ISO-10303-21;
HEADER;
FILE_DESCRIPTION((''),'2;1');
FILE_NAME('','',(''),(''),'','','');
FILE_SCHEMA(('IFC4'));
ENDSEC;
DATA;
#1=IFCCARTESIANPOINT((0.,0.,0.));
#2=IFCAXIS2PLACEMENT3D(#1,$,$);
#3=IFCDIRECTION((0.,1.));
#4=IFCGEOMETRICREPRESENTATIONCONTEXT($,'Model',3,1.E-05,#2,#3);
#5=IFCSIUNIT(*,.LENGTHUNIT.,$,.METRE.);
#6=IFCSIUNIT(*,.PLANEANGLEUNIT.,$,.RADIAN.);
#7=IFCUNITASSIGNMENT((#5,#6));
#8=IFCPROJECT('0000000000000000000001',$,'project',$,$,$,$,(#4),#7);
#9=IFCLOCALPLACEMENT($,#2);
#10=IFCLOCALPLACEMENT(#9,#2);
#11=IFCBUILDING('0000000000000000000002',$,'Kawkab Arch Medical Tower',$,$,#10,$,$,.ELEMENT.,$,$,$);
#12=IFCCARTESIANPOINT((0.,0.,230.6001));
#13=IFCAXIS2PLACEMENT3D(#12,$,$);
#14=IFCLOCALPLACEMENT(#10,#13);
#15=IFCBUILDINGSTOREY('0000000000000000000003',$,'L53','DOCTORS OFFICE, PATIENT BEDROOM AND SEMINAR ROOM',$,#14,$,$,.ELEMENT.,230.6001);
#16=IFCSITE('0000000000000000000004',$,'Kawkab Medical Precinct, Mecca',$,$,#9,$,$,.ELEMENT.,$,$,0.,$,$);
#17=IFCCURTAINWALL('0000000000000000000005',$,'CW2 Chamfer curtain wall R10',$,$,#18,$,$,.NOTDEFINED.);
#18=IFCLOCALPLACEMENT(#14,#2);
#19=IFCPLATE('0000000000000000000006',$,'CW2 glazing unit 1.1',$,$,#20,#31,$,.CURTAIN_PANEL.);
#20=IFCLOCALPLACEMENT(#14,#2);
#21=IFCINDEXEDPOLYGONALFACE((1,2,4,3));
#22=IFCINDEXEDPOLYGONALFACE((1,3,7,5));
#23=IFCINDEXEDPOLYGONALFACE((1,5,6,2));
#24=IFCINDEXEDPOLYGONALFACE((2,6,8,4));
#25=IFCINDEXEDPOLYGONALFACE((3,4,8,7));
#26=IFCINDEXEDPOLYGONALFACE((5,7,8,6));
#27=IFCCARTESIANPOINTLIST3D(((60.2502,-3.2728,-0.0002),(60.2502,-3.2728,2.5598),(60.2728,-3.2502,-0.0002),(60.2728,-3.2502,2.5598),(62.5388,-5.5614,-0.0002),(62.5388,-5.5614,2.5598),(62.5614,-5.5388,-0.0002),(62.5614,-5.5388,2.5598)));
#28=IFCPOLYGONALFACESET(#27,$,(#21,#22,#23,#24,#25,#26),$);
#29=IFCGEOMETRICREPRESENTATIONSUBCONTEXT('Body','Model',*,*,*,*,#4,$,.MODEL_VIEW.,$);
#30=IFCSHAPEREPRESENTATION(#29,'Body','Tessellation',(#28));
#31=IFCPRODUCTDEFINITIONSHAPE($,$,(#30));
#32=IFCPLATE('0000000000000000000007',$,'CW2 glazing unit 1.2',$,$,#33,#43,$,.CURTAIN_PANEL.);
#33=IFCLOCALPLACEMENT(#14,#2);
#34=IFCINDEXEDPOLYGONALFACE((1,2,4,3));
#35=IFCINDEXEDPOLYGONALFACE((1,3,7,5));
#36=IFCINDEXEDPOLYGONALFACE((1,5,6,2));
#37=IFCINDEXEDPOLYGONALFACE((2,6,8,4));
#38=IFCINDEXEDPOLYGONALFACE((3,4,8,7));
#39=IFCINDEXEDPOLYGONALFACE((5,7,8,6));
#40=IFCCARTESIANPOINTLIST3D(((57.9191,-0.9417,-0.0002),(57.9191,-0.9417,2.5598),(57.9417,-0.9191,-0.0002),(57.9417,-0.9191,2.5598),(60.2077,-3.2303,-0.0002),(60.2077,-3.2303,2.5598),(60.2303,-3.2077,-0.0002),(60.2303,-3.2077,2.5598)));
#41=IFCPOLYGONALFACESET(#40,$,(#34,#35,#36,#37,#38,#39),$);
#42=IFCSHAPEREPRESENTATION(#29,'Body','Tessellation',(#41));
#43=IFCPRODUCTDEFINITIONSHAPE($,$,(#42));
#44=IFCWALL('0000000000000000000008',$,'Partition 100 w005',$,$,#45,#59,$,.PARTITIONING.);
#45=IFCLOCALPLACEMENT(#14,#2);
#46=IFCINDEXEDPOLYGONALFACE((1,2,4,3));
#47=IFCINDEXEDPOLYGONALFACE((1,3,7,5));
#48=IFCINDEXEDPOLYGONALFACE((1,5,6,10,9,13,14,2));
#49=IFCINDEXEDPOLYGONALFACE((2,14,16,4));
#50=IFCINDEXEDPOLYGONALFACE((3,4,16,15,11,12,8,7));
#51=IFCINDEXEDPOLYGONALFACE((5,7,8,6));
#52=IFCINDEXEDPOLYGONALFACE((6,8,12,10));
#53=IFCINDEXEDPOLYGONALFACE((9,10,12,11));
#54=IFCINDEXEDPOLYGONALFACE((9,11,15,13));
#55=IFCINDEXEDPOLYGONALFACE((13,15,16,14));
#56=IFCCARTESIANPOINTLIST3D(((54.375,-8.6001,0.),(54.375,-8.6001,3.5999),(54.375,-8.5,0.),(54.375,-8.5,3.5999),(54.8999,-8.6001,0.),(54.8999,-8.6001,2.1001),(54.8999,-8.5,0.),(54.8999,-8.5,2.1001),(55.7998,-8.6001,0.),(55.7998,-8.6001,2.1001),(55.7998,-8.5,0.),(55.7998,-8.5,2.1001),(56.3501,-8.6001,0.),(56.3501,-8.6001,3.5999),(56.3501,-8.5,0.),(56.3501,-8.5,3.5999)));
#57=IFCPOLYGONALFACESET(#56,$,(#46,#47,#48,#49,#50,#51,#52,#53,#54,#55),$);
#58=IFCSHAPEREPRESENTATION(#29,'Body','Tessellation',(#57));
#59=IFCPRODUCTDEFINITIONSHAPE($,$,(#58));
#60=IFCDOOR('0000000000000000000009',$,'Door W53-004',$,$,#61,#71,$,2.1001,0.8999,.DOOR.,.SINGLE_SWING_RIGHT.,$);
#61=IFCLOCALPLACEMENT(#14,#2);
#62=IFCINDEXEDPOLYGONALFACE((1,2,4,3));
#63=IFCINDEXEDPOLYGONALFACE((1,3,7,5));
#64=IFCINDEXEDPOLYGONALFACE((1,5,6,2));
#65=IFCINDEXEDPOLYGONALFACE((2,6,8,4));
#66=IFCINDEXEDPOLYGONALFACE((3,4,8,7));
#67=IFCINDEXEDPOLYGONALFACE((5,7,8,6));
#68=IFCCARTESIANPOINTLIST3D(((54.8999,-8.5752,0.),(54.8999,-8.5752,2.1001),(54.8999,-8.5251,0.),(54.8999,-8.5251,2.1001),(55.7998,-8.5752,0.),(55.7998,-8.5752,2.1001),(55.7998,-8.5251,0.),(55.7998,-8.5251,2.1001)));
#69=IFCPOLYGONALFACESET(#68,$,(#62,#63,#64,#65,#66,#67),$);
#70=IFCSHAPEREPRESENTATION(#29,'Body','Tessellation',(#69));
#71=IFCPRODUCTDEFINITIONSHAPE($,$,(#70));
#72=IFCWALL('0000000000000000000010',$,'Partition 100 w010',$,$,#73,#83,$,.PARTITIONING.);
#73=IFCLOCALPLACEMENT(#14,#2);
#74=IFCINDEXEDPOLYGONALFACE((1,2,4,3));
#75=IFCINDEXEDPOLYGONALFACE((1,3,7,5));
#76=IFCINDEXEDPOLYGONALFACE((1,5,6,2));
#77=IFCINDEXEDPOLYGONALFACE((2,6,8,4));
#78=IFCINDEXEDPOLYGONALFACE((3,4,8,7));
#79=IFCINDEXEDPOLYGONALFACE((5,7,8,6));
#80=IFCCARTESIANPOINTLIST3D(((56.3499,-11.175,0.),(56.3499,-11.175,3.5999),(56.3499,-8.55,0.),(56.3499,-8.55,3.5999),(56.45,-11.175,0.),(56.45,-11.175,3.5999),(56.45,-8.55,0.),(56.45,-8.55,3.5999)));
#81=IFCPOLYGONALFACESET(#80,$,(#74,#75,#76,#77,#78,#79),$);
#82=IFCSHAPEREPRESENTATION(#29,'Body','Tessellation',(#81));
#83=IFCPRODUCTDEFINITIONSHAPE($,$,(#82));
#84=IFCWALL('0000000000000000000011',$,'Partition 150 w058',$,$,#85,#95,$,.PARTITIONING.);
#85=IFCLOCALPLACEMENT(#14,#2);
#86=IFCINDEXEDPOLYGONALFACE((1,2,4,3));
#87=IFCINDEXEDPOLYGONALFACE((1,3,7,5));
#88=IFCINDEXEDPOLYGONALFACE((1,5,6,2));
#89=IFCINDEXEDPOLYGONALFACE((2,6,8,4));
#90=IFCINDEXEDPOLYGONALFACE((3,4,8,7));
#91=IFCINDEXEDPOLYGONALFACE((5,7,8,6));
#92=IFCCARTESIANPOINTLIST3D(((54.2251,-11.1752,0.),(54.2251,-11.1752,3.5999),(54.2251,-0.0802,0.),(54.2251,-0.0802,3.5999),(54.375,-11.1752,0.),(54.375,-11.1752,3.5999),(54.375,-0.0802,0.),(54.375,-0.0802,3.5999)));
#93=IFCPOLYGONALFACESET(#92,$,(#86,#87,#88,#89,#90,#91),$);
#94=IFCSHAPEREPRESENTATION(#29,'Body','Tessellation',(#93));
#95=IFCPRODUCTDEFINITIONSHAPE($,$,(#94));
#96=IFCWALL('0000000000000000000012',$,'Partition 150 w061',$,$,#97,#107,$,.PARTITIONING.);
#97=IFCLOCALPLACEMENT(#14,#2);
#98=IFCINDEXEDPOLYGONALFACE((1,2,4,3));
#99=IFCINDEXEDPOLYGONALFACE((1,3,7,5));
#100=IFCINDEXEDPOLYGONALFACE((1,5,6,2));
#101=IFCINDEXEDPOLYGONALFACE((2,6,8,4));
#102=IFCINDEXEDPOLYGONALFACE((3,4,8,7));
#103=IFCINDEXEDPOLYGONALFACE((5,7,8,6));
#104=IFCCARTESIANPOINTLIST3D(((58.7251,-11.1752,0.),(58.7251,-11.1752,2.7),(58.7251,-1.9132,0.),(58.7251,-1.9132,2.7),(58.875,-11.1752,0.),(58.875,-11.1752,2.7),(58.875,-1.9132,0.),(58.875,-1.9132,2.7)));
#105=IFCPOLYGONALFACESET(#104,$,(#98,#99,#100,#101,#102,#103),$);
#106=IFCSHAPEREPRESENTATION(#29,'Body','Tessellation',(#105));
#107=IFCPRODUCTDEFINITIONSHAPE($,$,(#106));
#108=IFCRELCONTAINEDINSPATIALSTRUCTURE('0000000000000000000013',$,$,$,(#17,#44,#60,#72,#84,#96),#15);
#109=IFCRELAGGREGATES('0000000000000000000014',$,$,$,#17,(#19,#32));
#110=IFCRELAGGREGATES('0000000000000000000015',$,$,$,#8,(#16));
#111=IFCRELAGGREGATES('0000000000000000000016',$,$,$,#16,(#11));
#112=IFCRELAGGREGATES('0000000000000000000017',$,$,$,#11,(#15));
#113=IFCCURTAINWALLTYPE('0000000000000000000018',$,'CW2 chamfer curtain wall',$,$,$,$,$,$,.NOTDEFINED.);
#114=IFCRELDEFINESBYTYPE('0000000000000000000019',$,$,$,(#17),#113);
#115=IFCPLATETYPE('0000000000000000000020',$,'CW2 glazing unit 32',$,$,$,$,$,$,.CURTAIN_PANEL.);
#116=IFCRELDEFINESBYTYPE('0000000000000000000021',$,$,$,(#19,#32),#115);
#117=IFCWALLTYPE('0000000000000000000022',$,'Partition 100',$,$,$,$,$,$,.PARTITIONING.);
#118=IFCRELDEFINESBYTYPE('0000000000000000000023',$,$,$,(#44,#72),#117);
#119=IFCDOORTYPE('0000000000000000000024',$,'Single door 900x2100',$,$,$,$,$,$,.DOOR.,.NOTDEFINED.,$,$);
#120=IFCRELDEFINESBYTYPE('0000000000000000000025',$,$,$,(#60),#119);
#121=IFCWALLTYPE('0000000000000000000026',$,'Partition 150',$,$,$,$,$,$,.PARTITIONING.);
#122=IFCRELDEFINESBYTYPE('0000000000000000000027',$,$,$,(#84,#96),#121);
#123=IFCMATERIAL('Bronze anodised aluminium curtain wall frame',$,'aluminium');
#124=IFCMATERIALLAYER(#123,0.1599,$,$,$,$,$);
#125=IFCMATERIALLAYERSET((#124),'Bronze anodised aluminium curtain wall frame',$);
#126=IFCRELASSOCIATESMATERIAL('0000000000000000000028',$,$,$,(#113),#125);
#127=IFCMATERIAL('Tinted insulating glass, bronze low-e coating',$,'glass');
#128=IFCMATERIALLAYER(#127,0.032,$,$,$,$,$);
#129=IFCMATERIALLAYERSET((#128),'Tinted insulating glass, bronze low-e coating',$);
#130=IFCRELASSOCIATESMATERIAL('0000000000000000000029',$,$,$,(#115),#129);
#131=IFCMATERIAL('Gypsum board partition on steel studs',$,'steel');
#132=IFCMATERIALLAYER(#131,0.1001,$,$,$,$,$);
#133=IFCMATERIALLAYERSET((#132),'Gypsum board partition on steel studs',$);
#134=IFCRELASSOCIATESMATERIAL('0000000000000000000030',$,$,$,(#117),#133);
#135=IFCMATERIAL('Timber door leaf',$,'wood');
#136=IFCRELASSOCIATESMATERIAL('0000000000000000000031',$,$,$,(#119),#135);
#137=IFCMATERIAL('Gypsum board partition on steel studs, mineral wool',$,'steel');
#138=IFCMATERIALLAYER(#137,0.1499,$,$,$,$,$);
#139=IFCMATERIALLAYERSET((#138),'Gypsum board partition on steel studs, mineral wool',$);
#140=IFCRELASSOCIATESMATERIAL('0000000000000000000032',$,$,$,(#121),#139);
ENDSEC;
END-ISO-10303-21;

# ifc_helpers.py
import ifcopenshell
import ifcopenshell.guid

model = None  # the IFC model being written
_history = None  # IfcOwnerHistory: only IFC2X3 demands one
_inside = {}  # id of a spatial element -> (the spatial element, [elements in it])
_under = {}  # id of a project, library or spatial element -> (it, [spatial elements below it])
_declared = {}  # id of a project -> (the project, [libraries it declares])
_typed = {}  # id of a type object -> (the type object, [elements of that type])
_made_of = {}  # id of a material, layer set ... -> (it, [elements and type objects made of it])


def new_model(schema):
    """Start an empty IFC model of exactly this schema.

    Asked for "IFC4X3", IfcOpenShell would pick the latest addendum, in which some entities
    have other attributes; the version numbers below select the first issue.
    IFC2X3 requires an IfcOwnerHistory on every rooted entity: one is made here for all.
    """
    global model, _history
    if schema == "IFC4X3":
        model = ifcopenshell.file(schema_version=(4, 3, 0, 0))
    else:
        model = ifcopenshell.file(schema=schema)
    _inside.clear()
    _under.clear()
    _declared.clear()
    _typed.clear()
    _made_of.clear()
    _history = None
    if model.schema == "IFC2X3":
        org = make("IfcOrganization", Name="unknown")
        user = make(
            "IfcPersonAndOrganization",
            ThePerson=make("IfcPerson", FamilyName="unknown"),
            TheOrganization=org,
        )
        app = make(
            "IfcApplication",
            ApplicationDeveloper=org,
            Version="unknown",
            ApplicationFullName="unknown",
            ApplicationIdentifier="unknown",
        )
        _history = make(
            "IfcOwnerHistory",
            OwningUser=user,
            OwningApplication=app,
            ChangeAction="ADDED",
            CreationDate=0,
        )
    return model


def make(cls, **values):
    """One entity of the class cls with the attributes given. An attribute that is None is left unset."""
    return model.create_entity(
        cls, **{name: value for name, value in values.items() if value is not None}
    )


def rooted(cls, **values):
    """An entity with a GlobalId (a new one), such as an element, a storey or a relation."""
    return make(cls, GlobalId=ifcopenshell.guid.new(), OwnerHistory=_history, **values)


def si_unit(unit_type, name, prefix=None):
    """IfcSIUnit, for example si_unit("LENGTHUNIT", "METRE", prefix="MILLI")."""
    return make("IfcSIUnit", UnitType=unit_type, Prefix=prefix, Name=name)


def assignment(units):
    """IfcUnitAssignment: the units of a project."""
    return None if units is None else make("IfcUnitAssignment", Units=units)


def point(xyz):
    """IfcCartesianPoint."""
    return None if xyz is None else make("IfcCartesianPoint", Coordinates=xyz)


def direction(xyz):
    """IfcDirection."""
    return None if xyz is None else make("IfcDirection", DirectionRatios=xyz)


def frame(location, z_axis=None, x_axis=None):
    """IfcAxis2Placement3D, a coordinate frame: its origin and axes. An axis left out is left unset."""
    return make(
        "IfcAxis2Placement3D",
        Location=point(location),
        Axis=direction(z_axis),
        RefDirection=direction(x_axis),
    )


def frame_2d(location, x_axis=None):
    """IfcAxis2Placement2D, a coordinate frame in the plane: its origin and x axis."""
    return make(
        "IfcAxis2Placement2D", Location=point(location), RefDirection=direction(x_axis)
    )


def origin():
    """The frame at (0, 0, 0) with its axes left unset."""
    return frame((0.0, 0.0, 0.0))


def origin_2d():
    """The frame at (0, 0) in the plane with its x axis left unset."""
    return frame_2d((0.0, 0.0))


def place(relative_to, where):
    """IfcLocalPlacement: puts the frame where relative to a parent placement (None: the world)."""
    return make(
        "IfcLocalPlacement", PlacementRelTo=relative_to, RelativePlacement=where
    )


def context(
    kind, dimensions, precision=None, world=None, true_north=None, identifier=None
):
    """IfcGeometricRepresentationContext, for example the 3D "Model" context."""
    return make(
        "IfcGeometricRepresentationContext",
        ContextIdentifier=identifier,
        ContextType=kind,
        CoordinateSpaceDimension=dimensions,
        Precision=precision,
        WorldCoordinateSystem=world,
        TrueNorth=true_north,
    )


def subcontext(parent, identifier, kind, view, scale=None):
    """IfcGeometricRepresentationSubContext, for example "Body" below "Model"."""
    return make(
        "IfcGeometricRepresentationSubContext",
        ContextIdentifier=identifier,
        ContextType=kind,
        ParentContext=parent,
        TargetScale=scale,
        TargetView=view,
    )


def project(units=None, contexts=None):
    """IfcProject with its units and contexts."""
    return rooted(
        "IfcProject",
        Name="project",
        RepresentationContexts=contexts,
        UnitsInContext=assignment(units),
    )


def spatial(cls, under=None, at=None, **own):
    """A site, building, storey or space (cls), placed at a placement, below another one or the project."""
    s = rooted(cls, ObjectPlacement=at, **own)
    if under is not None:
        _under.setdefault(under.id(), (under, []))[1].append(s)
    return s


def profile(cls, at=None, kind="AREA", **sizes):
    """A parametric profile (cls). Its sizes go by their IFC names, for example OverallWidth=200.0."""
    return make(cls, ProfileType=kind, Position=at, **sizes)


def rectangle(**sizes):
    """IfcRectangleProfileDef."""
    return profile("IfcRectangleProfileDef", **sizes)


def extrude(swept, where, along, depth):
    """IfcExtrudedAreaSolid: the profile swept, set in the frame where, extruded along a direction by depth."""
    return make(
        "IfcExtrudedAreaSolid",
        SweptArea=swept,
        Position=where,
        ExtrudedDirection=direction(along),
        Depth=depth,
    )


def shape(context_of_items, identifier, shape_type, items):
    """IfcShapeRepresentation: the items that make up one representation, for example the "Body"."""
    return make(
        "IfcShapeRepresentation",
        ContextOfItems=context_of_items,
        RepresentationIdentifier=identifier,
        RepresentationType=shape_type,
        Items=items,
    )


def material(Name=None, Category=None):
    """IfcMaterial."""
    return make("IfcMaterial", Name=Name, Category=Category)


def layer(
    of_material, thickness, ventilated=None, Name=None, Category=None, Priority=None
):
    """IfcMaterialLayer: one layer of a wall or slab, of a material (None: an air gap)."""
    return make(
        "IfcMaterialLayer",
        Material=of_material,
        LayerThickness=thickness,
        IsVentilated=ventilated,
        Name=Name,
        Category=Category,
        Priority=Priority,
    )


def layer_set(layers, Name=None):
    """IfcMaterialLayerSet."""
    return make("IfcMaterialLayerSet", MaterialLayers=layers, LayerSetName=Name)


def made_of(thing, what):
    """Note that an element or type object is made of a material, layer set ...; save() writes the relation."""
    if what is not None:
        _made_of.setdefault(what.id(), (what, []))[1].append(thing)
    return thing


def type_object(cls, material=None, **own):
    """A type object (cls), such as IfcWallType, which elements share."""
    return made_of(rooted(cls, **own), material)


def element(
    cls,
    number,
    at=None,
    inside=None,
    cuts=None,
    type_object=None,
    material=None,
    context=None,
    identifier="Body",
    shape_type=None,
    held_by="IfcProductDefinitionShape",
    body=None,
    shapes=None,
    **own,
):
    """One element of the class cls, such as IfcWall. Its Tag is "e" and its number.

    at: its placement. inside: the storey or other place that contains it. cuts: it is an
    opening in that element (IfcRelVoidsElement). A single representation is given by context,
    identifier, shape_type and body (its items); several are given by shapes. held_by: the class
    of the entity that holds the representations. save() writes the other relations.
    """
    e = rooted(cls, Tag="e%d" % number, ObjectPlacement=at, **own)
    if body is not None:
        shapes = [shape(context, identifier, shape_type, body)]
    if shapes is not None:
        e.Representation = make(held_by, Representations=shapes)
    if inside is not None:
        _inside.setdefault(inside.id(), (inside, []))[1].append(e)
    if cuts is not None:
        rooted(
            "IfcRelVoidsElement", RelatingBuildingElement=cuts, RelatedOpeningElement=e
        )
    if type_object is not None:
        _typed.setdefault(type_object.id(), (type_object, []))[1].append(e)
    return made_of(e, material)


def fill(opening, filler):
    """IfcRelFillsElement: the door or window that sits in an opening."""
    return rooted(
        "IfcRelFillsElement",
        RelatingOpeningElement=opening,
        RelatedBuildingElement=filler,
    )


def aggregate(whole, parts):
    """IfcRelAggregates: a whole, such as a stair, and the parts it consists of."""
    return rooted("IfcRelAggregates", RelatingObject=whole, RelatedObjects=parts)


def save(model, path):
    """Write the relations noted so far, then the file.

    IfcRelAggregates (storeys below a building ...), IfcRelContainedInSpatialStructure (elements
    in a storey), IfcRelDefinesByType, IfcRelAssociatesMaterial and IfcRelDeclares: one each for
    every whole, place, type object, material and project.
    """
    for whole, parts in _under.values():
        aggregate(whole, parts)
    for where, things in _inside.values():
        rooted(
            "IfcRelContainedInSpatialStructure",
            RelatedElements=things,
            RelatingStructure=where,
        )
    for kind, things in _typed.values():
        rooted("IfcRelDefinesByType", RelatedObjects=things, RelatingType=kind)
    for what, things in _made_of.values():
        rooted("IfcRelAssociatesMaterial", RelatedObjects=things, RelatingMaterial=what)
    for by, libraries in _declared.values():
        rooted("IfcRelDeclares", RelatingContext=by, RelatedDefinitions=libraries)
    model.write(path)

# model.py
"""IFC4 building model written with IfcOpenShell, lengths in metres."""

from ifc_helpers import new_model, si_unit, direction, frame, frame_2d, origin, origin_2d, place, context, subcontext, project, spatial, rectangle, extrude, material, layer, layer_set, type_object, element, fill, aggregate, save


model = new_model("IFC4")

# Units and contexts
model_context = context("Model", 3, precision=1e-05, world=origin(), true_north=direction((0.0, 1.0)))
body_context = subcontext(model_context, "Body", "Model", "MODEL_VIEW")
ifc_project = project(units=[si_unit("LENGTHUNIT", "METRE"), si_unit("PLANEANGLEUNIT", "RADIAN")], contexts=[model_context])

# Site, building, storey
site_placement = place(None, origin())
site = spatial("IfcSite", under=ifc_project, at=site_placement, Name="Kawkab Medical Precinct, Mecca", CompositionType="ELEMENT", RefElevation=0.0)
building_placement = place(site_placement, origin())
building = spatial("IfcBuilding", under=site, at=building_placement, Name="Kawkab Arch Medical Tower", CompositionType="ELEMENT")
storey_placement = place(building_placement, frame((0.0, 0.0, 230.6001)))
storey = spatial("IfcBuildingStorey", under=building, at=storey_placement, Name="L53", Description="DOCTORS OFFICE, PATIENT BEDROOM AND SEMINAR ROOM", CompositionType="ELEMENT", Elevation=230.6001)

# Shared definitions
placement = place(storey_placement, origin())

# Curtain wall
ifc_material_1 = material(Name="Bronze anodised aluminium curtain wall frame", Category="aluminium")
ifc_layer_1 = layer(ifc_material_1, 0.1599)
ifc_layer_set_1 = layer_set([ifc_layer_1], Name="Bronze anodised aluminium curtain wall frame")
curtain_wall_type_1 = type_object("IfcCurtainWallType", Name="CW2 chamfer curtain wall", PredefinedType="NOTDEFINED", material=ifc_layer_set_1)
curtain_wall_1 = element("IfcCurtainWall", 1, at=placement, inside=storey, type_object=curtain_wall_type_1, Name="CW2 Chamfer curtain wall R10", PredefinedType="NOTDEFINED")

# Plates
ifc_material_2 = material(Name="Tinted insulating glass, bronze low-e coating", Category="glass")
ifc_layer_2 = layer(ifc_material_2, 0.032)
ifc_layer_set_2 = layer_set([ifc_layer_2], Name="Tinted insulating glass, bronze low-e coating")
plate_type_1 = type_object("IfcPlateType", Name="CW2 glazing unit 32", PredefinedType="CURTAIN_PANEL", material=ifc_layer_set_2)
plate_1_placement = place(storey_placement, frame((61.4058, -4.4058, -0.0002), z_axis=(0.0, 0.0, 1.0), x_axis=(-0.707107, 0.707107, 0.0)))
plate_1 = element("IfcPlate", 2, at=plate_1_placement, type_object=plate_type_1, Name="CW2 glazing unit 1.1", PredefinedType="CURTAIN_PANEL", context=body_context, shape_type="SweptSolid", body=[
    extrude(rectangle(XDim=3.2366, YDim=0.032, at=origin_2d()), origin(), (0.0, 0.0, 1.0), 2.5601),
])
plate_2_placement = place(storey_placement, frame((59.0747, -2.0747, -0.0002), z_axis=(0.0, 0.0, 1.0), x_axis=(-0.707107, 0.707107, 0.0)))
plate_2 = element("IfcPlate", 3, at=plate_2_placement, type_object=plate_type_1, Name="CW2 glazing unit 1.2", PredefinedType="CURTAIN_PANEL", context=body_context, shape_type="SweptSolid", body=[
    extrude(rectangle(XDim=3.2366, YDim=0.032, at=origin_2d()), origin(), (0.0, 0.0, 1.0), 2.5601),
])
aggregate(curtain_wall_1, [plate_1, plate_2])

# Wall, opening, door
ifc_material_3 = material(Name="Gypsum board partition on steel studs", Category="steel")
ifc_layer_3 = layer(ifc_material_3, 0.1001)
ifc_layer_set_3 = layer_set([ifc_layer_3], Name="Gypsum board partition on steel studs")
wall_type_1 = type_object("IfcWallType", Name="Partition 100", PredefinedType="PARTITIONING", material=ifc_layer_set_3)
wall_1_placement = place(storey_placement, frame((54.375, -8.55, 0.0), z_axis=(0.0, 0.0, 1.0), x_axis=(1.0, 0.0, 0.0)))
wall_1 = element("IfcWall", 4, at=wall_1_placement, inside=storey, type_object=wall_type_1, Name="Partition 100 w005", PredefinedType="PARTITIONING", context=body_context, shape_type="SweptSolid", body=[
    extrude(rectangle(XDim=1.9751, YDim=0.1001, at=frame_2d((0.9875, 0.0))), origin(), (0.0, 0.0, 1.0), 3.5999),
])
opening_placement = place(wall_1_placement, frame((0.5249, 0.0, 0.0)))
opening = element("IfcOpeningElement", 5, at=opening_placement, cuts=wall_1, PredefinedType="OPENING", context=body_context, shape_type="SweptSolid", body=[
    extrude(rectangle(XDim=0.8999, YDim=2.1001, at=frame_2d((0.45, 1.05))), frame((0.0, 0.0601, 0.0), z_axis=(0.0, -1.0, 0.0), x_axis=(1.0, 0.0, 0.0)), (0.0, 0.0, 1.0), 0.1201),
])
ifc_material_4 = material(Name="Timber door leaf", Category="wood")
door_type = type_object("IfcDoorType", Name="Single door 900x2100", OperationType="NOTDEFINED", PredefinedType="DOOR", material=ifc_material_4)
door_placement = place(opening_placement, origin())
door = element("IfcDoor", 6, at=door_placement, inside=storey, type_object=door_type, Name="Door W53-004", OperationType="SINGLE_SWING_RIGHT", OverallHeight=2.1001, OverallWidth=0.8999, PredefinedType="DOOR", context=body_context, shape_type="SweptSolid", body=[
    extrude(rectangle(XDim=0.8999, YDim=2.1001, at=frame_2d((0.45, 1.05))), frame((0.0, 0.0249, 0.0), z_axis=(0.0, -1.0, 0.0), x_axis=(1.0, 0.0, 0.0)), (0.0, 0.0, 1.0), 0.05),
])
fill(opening, door)

# Walls
wall_2_placement = place(storey_placement, frame((56.3999, -11.175, 0.0), z_axis=(0.0, 0.0, 1.0), x_axis=(0.0, 1.0, 0.0)))
element("IfcWall", 7, at=wall_2_placement, inside=storey, type_object=wall_type_1, Name="Partition 100 w010", PredefinedType="PARTITIONING", context=body_context, shape_type="SweptSolid", body=[
    extrude(rectangle(XDim=2.625, YDim=0.1001, at=frame_2d((1.3125, 0.0))), origin(), (0.0, 0.0, 1.0), 3.5999),
])
ifc_material_5 = material(Name="Gypsum board partition on steel studs, mineral wool", Category="steel")
ifc_layer_4 = layer(ifc_material_5, 0.1499)
ifc_layer_set_4 = layer_set([ifc_layer_4], Name="Gypsum board partition on steel studs, mineral wool")
wall_type_2 = type_object("IfcWallType", Name="Partition 150", PredefinedType="PARTITIONING", material=ifc_layer_set_4)
wall_3_placement = place(storey_placement, frame((54.3, -11.175, 0.0), z_axis=(0.0, 0.0, 1.0), x_axis=(0.0, 1.0, 0.0)))
element("IfcWall", 8, at=wall_3_placement, inside=storey, type_object=wall_type_2, Name="Partition 150 w058", PredefinedType="PARTITIONING", context=body_context, shape_type="SweptSolid", body=[
    extrude(rectangle(XDim=11.095, YDim=0.1499, at=frame_2d((5.5474, 0.0))), origin(), (0.0, 0.0, 1.0), 3.5999),
])
wall_4_placement = place(storey_placement, frame((58.8, -11.175, 0.0), z_axis=(0.0, 0.0, 1.0), x_axis=(0.0, 1.0, 0.0)))
element("IfcWall", 9, at=wall_4_placement, inside=storey, type_object=wall_type_2, Name="Partition 150 w061", PredefinedType="PARTITIONING", context=body_context, shape_type="SweptSolid", body=[
    extrude(rectangle(XDim=9.262, YDim=0.1499, at=frame_2d((4.6309, 0.0))), origin(), (0.0, 0.0, 1.0), 2.7),
])

save(model, "model.ifc")
